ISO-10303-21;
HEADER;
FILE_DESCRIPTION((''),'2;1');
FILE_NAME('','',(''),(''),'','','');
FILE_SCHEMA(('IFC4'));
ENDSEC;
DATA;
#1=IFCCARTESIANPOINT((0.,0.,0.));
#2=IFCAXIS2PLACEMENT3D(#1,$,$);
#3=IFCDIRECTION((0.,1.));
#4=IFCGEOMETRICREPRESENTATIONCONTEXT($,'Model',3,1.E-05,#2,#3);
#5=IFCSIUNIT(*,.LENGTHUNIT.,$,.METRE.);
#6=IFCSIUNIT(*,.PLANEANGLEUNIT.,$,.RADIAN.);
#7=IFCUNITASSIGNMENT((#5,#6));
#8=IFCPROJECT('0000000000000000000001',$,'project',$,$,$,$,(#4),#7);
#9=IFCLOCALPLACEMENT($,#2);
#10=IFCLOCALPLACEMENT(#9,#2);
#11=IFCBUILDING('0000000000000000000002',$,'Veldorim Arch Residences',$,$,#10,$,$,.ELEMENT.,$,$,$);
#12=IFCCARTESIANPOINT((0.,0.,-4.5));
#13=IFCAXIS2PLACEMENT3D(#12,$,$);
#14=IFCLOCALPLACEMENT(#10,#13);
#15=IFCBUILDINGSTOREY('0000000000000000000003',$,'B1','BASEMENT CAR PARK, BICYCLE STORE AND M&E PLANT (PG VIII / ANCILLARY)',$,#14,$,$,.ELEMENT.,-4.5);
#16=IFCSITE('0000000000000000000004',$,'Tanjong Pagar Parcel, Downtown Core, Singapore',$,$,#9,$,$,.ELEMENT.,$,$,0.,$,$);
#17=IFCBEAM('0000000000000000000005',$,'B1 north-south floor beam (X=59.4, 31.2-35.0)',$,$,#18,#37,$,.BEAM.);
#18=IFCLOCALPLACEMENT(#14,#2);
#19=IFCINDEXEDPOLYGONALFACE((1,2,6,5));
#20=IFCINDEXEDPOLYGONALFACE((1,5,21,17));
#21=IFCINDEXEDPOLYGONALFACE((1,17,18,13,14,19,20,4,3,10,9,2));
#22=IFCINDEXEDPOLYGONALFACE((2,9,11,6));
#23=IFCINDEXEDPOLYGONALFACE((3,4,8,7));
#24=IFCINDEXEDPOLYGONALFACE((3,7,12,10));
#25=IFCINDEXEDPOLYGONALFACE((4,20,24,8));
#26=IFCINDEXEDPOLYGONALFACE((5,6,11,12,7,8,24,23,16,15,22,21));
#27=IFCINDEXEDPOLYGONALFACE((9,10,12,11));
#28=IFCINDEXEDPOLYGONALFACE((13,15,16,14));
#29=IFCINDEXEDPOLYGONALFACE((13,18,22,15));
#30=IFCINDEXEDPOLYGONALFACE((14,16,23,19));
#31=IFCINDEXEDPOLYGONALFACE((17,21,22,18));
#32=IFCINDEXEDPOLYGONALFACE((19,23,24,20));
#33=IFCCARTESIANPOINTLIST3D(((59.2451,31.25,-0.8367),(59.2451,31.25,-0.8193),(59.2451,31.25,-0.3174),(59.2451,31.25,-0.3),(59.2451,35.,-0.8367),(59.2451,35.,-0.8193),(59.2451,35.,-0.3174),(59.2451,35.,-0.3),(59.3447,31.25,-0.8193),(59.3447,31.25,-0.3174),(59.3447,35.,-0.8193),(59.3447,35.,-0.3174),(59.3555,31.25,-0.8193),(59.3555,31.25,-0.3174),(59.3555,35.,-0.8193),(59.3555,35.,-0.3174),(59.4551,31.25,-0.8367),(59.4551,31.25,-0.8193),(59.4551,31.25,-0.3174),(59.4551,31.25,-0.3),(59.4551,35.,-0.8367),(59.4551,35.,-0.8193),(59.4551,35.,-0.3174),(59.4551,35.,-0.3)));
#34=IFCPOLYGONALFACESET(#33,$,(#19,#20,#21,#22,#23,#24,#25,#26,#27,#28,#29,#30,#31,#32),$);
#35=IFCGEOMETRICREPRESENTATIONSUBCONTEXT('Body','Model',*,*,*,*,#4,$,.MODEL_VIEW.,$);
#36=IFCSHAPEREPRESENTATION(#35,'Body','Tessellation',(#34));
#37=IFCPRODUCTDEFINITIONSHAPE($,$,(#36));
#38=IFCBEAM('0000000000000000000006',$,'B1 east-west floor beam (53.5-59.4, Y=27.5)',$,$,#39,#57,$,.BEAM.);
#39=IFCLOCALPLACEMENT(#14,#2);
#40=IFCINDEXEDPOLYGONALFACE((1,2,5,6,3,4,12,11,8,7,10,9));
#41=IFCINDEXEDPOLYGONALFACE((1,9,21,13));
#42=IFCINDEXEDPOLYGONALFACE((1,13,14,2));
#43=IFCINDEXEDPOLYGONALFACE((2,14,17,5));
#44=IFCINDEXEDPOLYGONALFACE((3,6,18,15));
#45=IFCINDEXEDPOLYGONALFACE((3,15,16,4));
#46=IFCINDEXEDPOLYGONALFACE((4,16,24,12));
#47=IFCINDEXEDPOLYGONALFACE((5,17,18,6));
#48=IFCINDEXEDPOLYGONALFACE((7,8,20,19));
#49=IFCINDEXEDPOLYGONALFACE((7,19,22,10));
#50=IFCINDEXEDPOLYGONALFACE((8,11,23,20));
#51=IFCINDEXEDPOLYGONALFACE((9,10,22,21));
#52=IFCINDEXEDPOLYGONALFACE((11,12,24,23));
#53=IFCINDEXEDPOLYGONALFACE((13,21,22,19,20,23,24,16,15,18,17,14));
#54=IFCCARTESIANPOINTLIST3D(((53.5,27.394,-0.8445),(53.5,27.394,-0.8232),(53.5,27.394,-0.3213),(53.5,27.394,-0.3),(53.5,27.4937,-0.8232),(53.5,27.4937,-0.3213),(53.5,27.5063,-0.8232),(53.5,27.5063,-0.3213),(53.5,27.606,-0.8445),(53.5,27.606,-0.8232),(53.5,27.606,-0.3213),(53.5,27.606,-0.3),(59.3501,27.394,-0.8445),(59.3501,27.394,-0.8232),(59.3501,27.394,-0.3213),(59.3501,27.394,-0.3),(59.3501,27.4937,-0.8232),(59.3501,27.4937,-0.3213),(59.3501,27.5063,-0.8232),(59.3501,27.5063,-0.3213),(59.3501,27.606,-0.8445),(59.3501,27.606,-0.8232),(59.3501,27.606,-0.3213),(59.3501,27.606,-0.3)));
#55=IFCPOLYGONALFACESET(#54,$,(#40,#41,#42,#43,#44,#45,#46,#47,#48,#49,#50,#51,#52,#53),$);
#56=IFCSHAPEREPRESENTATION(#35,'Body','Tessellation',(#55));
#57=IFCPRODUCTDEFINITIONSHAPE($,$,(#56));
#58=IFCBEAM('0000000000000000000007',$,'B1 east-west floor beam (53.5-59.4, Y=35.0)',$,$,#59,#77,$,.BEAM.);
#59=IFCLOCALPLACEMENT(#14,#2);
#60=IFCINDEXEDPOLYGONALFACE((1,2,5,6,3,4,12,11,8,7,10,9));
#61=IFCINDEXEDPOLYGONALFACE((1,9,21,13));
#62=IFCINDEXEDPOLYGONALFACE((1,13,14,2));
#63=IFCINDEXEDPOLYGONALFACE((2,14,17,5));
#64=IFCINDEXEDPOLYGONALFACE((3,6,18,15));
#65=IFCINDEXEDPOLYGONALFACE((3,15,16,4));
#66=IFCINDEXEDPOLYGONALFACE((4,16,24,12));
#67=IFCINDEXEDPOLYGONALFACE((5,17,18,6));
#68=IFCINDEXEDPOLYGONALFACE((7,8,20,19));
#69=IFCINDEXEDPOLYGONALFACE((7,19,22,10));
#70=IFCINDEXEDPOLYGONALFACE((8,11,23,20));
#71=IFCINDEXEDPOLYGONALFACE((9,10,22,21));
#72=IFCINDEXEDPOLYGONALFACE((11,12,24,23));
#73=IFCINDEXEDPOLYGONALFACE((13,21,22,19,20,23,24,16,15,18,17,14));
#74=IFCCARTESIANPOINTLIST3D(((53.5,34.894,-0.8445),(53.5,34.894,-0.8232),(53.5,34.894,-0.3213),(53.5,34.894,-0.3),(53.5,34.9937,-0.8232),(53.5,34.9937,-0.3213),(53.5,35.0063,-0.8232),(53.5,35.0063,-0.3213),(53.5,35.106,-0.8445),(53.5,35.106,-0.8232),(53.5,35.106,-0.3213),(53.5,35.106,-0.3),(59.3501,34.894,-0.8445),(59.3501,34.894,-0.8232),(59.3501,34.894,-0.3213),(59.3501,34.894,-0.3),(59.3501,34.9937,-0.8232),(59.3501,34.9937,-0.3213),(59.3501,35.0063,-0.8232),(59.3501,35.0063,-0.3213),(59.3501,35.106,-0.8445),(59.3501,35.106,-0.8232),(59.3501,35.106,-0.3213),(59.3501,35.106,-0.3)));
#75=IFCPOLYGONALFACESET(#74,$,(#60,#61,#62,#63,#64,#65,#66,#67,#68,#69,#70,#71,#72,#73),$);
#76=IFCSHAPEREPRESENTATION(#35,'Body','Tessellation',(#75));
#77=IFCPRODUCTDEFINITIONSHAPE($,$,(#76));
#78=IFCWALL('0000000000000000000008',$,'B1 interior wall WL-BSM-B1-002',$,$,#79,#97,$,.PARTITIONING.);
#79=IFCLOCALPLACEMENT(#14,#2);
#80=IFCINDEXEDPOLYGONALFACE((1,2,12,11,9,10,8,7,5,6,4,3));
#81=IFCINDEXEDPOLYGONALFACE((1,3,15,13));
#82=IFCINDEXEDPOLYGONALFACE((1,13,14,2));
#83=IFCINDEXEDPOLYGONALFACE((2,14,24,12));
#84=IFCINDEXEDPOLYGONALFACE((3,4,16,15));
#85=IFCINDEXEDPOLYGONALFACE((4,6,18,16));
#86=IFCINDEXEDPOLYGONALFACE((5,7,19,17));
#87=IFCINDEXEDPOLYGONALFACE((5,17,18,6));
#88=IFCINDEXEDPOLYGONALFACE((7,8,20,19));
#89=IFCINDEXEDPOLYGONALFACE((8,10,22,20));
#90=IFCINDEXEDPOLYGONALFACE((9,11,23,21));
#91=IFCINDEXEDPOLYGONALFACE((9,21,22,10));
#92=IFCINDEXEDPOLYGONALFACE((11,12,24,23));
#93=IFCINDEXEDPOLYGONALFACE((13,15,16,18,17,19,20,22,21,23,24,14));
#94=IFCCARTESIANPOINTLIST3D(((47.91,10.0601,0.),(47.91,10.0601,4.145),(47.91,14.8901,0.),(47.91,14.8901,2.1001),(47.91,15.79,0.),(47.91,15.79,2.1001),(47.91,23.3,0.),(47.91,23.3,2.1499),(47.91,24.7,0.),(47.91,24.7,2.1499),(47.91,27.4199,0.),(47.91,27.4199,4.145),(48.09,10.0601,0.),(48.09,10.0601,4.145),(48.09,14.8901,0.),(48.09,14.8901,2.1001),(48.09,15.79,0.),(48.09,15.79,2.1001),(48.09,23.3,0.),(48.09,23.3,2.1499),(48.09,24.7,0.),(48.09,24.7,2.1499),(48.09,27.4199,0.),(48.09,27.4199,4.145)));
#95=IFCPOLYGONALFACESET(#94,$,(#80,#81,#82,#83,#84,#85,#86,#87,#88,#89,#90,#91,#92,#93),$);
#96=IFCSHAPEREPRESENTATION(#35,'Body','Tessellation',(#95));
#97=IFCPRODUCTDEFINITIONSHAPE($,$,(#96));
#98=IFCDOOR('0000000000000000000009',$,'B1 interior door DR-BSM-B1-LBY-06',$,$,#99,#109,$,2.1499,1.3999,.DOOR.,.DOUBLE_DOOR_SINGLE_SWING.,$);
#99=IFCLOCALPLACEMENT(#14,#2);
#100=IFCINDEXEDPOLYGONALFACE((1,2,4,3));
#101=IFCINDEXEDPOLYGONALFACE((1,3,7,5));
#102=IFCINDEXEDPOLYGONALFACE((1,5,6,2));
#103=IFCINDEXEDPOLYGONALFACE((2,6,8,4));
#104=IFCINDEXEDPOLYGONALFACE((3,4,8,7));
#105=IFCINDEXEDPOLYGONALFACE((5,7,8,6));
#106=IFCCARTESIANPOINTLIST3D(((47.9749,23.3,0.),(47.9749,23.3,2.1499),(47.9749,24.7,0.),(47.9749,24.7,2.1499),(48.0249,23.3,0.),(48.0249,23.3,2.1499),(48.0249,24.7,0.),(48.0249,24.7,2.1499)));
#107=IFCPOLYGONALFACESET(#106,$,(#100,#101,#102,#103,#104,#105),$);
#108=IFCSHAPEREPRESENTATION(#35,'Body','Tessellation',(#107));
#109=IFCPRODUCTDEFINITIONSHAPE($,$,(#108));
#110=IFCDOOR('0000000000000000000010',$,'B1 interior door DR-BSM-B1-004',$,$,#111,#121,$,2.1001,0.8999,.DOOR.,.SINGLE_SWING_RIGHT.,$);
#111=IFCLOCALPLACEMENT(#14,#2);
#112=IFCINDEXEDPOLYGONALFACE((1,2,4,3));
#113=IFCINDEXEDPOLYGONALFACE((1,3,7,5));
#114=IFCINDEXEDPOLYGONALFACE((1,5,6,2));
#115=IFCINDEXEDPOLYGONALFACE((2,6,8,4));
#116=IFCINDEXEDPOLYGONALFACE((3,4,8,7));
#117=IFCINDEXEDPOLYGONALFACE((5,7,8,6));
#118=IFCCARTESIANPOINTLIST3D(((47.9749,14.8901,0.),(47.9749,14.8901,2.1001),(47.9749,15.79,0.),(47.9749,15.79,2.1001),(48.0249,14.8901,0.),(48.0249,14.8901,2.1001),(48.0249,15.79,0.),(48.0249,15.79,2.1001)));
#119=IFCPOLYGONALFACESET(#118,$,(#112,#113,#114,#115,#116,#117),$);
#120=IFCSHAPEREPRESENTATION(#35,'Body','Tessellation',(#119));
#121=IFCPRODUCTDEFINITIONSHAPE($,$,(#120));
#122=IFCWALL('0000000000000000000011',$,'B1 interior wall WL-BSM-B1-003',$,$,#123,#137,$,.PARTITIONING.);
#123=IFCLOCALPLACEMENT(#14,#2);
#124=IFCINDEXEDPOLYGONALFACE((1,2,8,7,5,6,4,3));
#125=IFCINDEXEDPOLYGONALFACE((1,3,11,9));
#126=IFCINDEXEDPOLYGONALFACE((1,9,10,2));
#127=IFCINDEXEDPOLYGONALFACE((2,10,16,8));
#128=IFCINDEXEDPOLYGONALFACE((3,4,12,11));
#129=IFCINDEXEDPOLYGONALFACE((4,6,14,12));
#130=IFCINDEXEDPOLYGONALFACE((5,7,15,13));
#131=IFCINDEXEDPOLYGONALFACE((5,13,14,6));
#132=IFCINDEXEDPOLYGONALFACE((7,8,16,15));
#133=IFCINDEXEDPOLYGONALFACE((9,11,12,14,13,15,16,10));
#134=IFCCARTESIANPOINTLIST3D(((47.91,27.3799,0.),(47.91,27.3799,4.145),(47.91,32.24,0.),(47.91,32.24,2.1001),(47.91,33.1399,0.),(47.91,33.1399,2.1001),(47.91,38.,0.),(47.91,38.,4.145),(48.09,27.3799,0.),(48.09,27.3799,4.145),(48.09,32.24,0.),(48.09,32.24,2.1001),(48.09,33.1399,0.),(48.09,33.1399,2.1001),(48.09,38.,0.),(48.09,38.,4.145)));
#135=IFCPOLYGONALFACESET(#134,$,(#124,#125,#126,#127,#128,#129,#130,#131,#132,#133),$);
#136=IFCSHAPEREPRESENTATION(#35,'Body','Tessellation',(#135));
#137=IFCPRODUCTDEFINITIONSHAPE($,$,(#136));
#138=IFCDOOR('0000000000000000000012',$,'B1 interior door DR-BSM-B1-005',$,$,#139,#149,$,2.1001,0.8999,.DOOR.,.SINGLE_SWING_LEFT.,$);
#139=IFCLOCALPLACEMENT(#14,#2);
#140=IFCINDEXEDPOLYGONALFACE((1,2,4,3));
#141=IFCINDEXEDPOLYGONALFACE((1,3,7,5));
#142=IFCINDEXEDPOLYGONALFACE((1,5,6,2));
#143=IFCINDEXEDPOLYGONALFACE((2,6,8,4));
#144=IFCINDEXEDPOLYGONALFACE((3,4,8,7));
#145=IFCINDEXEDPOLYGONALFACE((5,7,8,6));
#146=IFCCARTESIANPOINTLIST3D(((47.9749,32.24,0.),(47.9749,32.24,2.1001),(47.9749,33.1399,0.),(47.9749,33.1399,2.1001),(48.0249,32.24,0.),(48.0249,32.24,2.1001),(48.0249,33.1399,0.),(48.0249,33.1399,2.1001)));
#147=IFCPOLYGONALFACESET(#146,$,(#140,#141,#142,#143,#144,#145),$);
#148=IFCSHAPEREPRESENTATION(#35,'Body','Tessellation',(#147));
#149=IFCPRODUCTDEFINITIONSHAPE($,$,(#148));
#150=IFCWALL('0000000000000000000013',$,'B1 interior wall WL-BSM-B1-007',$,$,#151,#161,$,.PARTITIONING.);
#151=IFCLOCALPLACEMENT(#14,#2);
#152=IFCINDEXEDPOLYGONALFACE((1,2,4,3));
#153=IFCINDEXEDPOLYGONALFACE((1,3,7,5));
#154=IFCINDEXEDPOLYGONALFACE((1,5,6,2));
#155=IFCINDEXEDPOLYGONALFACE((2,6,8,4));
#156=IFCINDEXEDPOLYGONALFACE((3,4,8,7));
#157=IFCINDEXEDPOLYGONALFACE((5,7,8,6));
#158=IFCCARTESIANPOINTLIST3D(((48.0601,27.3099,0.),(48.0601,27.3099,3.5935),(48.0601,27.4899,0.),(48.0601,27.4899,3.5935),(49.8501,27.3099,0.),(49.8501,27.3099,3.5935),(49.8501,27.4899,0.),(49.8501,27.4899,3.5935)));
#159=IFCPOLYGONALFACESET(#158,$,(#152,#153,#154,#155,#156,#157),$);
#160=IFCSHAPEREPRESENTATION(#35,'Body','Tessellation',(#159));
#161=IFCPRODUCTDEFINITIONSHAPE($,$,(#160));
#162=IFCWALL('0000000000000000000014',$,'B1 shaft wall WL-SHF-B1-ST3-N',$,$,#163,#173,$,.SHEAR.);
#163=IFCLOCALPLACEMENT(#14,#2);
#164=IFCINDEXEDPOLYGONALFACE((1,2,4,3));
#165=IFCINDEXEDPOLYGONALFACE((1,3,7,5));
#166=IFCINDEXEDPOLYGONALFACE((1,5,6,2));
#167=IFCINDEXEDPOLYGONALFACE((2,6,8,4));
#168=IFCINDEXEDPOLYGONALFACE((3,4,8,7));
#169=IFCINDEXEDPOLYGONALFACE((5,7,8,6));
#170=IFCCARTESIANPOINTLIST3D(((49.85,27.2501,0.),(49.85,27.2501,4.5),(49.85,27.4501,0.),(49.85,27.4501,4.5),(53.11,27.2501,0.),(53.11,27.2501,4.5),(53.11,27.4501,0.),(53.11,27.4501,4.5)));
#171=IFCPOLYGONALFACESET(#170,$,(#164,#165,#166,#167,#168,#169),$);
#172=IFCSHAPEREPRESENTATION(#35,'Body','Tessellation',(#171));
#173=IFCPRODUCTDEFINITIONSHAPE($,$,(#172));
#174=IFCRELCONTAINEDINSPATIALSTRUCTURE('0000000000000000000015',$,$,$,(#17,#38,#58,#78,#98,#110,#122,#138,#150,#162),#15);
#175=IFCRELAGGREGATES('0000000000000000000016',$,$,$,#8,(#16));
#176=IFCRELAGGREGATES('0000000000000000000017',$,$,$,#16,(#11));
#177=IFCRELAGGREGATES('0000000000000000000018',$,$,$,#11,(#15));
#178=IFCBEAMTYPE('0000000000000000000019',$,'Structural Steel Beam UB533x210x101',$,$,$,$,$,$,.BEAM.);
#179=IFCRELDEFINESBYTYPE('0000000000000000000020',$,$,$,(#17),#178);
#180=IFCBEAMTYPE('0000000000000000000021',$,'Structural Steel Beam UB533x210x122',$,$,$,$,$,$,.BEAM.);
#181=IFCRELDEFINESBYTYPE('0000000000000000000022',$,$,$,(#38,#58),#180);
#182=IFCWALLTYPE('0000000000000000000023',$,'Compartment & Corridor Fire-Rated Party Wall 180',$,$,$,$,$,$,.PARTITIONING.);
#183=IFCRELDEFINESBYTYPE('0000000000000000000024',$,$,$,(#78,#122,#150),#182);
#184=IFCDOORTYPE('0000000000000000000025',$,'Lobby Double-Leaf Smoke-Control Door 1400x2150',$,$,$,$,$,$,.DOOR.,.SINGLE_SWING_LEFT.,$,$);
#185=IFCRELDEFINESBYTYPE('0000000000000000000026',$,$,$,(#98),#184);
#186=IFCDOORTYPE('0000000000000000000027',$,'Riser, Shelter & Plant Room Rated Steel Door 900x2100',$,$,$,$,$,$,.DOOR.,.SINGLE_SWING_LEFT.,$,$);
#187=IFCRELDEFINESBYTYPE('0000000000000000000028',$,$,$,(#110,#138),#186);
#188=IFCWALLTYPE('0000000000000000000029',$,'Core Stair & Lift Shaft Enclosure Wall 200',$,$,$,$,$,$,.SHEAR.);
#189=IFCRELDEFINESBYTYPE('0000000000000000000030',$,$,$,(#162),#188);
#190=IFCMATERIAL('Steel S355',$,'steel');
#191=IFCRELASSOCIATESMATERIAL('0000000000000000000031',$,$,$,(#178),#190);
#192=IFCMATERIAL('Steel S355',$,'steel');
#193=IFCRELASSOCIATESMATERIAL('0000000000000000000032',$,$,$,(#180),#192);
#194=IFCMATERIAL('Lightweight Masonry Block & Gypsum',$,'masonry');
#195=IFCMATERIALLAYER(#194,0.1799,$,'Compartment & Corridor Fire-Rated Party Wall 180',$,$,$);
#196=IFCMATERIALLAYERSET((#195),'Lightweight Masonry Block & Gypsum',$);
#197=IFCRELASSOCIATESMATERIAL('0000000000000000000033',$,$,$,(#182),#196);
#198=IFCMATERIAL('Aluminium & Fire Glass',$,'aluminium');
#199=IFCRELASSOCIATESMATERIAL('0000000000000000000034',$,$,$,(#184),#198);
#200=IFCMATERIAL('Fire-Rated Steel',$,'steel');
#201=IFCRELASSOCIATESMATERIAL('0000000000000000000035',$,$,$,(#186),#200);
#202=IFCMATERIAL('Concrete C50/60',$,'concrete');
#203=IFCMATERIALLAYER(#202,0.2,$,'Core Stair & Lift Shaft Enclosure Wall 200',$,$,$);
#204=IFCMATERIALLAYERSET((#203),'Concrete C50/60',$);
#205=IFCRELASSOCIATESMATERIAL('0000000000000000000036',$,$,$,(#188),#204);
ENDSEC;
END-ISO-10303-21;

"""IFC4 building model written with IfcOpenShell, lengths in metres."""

from ifc_helpers import new_model, si_unit, direction, frame, frame_2d, origin, origin_2d, place, context, subcontext, project, spatial, rectangle, i_section, extrude, material, layer, layer_set, material_profile, profile_set, type_object, element, fill, save


model = new_model("IFC4")

# Units and contexts
model_context = context("Model", 3, precision=1e-05, world=origin(), true_north=direction((0.0, 1.0)))
body_context = subcontext(model_context, "Body", "Model", "MODEL_VIEW")
ifc_project = project(units=[si_unit("LENGTHUNIT", "METRE"), si_unit("PLANEANGLEUNIT", "RADIAN")], contexts=[model_context])

# Site, building, storey
site_placement = place(None, origin())
site = spatial("IfcSite", under=ifc_project, at=site_placement, Name="Tanjong Pagar Parcel, Downtown Core, Singapore", CompositionType="ELEMENT", RefElevation=0.0)
building_placement = place(site_placement, origin())
building = spatial("IfcBuilding", under=site, at=building_placement, Name="Veldorim Arch Residences", CompositionType="ELEMENT")
storey_placement = place(building_placement, frame((0.0, 0.0, -4.5)))
storey = spatial("IfcBuildingStorey", under=building, at=storey_placement, Name="B1", Description="BASEMENT CAR PARK, BICYCLE STORE AND M&E PLANT (PG VIII / ANCILLARY)", CompositionType="ELEMENT", Elevation=-4.5)

# Beams
ifc_material_1 = material(Name="Steel S355", Category="steel")
ifc_material_profile_1 = material_profile(ifc_material_1, i_section(OverallWidth=0.21, OverallDepth=0.5366, WebThickness=0.0107, FlangeThickness=0.0173, at=origin_2d()), Name="UB533x210x101")
ifc_profile_set_1 = profile_set([ifc_material_profile_1], Name="Steel S355")
beam_type_1 = type_object("IfcBeamType", Name="Structural Steel Beam UB533x210x101", PredefinedType="BEAM", material=ifc_profile_set_1)
for number, where, z_axis, x_axis, name in (
    (1, (59.3501, 31.25, -0.5684), (0.0, 1.0, 0.0), (-1.0, 0.0, 0.0), "B1 north-south floor beam (X=59.4, 31.2-35.0)"),
):
    element("IfcBeam", number, at=place(storey_placement, frame(where, z_axis=z_axis, x_axis=x_axis)), inside=storey, type_object=beam_type_1, Name=name, PredefinedType="BEAM", context=body_context, shape_type="SweptSolid", body=[
        extrude(i_section(OverallWidth=0.21, OverallDepth=0.5366, WebThickness=0.0107, FlangeThickness=0.0173, at=origin_2d()), origin(), (0.0, 0.0, 1.0), 3.75),
    ])
ifc_material_2 = material(Name="Steel S355", Category="steel")
ifc_material_profile_2 = material_profile(ifc_material_2, i_section(OverallWidth=0.2119, OverallDepth=0.5444, WebThickness=0.0127, FlangeThickness=0.0212, at=origin_2d()), Name="UB533x210x122")
ifc_profile_set_2 = profile_set([ifc_material_profile_2], Name="Steel S355")
beam_type_2 = type_object("IfcBeamType", Name="Structural Steel Beam UB533x210x122", PredefinedType="BEAM", material=ifc_profile_set_2)
for number, where, z_axis, x_axis, name in (
    (2, (53.5, 27.5, -0.5723), (1.0, 0.0, 0.0), (0.0, 1.0, 0.0), "B1 east-west floor beam (53.5-59.4, Y=27.5)"),
    (3, (53.5, 35.0, -0.5723), (1.0, 0.0, 0.0), (0.0, 1.0, 0.0), "B1 east-west floor beam (53.5-59.4, Y=35.0)"),
):
    element("IfcBeam", number, at=place(storey_placement, frame(where, z_axis=z_axis, x_axis=x_axis)), inside=storey, type_object=beam_type_2, Name=name, PredefinedType="BEAM", context=body_context, shape_type="SweptSolid", body=[
        extrude(i_section(OverallWidth=0.2119, OverallDepth=0.5444, WebThickness=0.0127, FlangeThickness=0.0212, at=origin_2d()), origin(), (0.0, 0.0, 1.0), 5.8501),
    ])

# Wall, openings, doors
ifc_material_3 = material(Name="Lightweight Masonry Block & Gypsum", Category="masonry")
ifc_layer_1 = layer(ifc_material_3, 0.1799, Name="Compartment & Corridor Fire-Rated Party Wall 180")
ifc_layer_set_1 = layer_set([ifc_layer_1], Name="Lightweight Masonry Block & Gypsum")
wall_type_1 = type_object("IfcWallType", Name="Compartment & Corridor Fire-Rated Party Wall 180", PredefinedType="PARTITIONING", material=ifc_layer_set_1)
wall_1_placement = place(storey_placement, frame((48.0, 27.4199, 0.0), z_axis=(0.0, 0.0, 1.0), x_axis=(0.0, -1.0, 0.0)))
wall_1 = element("IfcWall", 4, at=wall_1_placement, inside=storey, type_object=wall_type_1, Name="B1 interior wall WL-BSM-B1-002", PredefinedType="PARTITIONING", context=body_context, shape_type="SweptSolid", body=[
    extrude(rectangle(XDim=17.3599, YDim=0.1799, at=frame_2d((8.6799, 0.0))), origin(), (0.0, 0.0, 1.0), 4.145),
])
opening_1_placement = place(wall_1_placement, frame((11.6299, 0.0, 0.0)))
opening_1 = element("IfcOpeningElement", 5, at=opening_1_placement, cuts=wall_1, PredefinedType="OPENING", context=body_context, shape_type="SweptSolid", body=[
    extrude(rectangle(XDim=0.8999, YDim=2.1001, at=frame_2d((0.45, 1.05))), frame((0.0, 0.0999, 0.0), z_axis=(0.0, -1.0, 0.0), x_axis=(1.0, 0.0, 0.0)), (0.0, 0.0, 1.0), 0.2),
])
opening_2_placement = place(wall_1_placement, frame((2.72, 0.0, 0.0)))
opening_2 = element("IfcOpeningElement", 6, at=opening_2_placement, cuts=wall_1, PredefinedType="OPENING", context=body_context, shape_type="SweptSolid", body=[
    extrude(rectangle(XDim=1.3999, YDim=2.1499, at=frame_2d((0.7, 1.075))), frame((0.0, 0.0999, 0.0), z_axis=(0.0, -1.0, 0.0), x_axis=(1.0, 0.0, 0.0)), (0.0, 0.0, 1.0), 0.2),
])
ifc_material_4 = material(Name="Aluminium & Fire Glass", Category="aluminium")
door_type_1 = type_object("IfcDoorType", Name="Lobby Double-Leaf Smoke-Control Door 1400x2150", OperationType="SINGLE_SWING_LEFT", PredefinedType="DOOR", material=ifc_material_4)
door_1_placement = place(opening_2_placement, origin())
door_1 = element("IfcDoor", 7, at=door_1_placement, inside=storey, type_object=door_type_1, Name="B1 interior door DR-BSM-B1-LBY-06", OperationType="DOUBLE_DOOR_SINGLE_SWING", OverallHeight=2.1499, OverallWidth=1.3999, PredefinedType="DOOR", context=body_context, shape_type="SweptSolid", body=[
    extrude(rectangle(XDim=1.3999, YDim=2.1499, at=frame_2d((0.7, 1.075))), frame((0.0, 0.0249, 0.0), z_axis=(0.0, -1.0, 0.0), x_axis=(1.0, 0.0, 0.0)), (0.0, 0.0, 1.0), 0.05),
])
fill(opening_2, door_1)
ifc_material_5 = material(Name="Fire-Rated Steel", Category="steel")
door_type_2 = type_object("IfcDoorType", Name="Riser, Shelter & Plant Room Rated Steel Door 900x2100", OperationType="SINGLE_SWING_LEFT", PredefinedType="DOOR", material=ifc_material_5)
door_2_placement = place(opening_1_placement, origin())
door_2 = element("IfcDoor", 8, at=door_2_placement, inside=storey, type_object=door_type_2, Name="B1 interior door DR-BSM-B1-004", OperationType="SINGLE_SWING_RIGHT", OverallHeight=2.1001, OverallWidth=0.8999, PredefinedType="DOOR", context=body_context, shape_type="SweptSolid", body=[
    extrude(rectangle(XDim=0.8999, YDim=2.1001, at=frame_2d((0.45, 1.05))), frame((0.0, 0.0249, 0.0), z_axis=(0.0, -1.0, 0.0), x_axis=(1.0, 0.0, 0.0)), (0.0, 0.0, 1.0), 0.05),
])
fill(opening_1, door_2)

# Wall, opening, door
wall_2_placement = place(storey_placement, frame((48.0, 38.0, 0.0), z_axis=(0.0, 0.0, 1.0), x_axis=(0.0, -1.0, 0.0)))
wall_2 = element("IfcWall", 9, at=wall_2_placement, inside=storey, type_object=wall_type_1, Name="B1 interior wall WL-BSM-B1-003", PredefinedType="PARTITIONING", context=body_context, shape_type="SweptSolid", body=[
    extrude(rectangle(XDim=10.6201, YDim=0.1799, at=frame_2d((5.3101, 0.0))), origin(), (0.0, 0.0, 1.0), 4.145),
])
opening_3_placement = place(wall_2_placement, frame((4.8601, 0.0, 0.0)))
opening_3 = element("IfcOpeningElement", 10, at=opening_3_placement, cuts=wall_2, PredefinedType="OPENING", context=body_context, shape_type="SweptSolid", body=[
    extrude(rectangle(XDim=0.8999, YDim=2.1001, at=frame_2d((0.45, 1.05))), frame((0.0, 0.0999, 0.0), z_axis=(0.0, -1.0, 0.0), x_axis=(1.0, 0.0, 0.0)), (0.0, 0.0, 1.0), 0.2),
])
door_3_placement = place(opening_3_placement, origin())
door_3 = element("IfcDoor", 11, at=door_3_placement, inside=storey, type_object=door_type_2, Name="B1 interior door DR-BSM-B1-005", OperationType="SINGLE_SWING_LEFT", OverallHeight=2.1001, OverallWidth=0.8999, PredefinedType="DOOR", context=body_context, shape_type="SweptSolid", body=[
    extrude(rectangle(XDim=0.8999, YDim=2.1001, at=frame_2d((0.45, 1.05))), frame((0.0, 0.0249, 0.0), z_axis=(0.0, -1.0, 0.0), x_axis=(1.0, 0.0, 0.0)), (0.0, 0.0, 1.0), 0.05),
])
fill(opening_3, door_3)

# Walls
wall_3_placement = place(storey_placement, frame((49.8501, 27.3999, 0.0), z_axis=(0.0, 0.0, 1.0), x_axis=(-1.0, 0.0, 0.0)))
element("IfcWall", 12, at=wall_3_placement, inside=storey, type_object=wall_type_1, Name="B1 interior wall WL-BSM-B1-007", PredefinedType="PARTITIONING", context=body_context, shape_type="SweptSolid", body=[
    extrude(rectangle(XDim=1.79, YDim=0.1799, at=frame_2d((0.895, 0.0))), origin(), (0.0, 0.0, 1.0), 3.5935),
])
ifc_material_6 = material(Name="Concrete C50/60", Category="concrete")
ifc_layer_2 = layer(ifc_material_6, 0.2, Name="Core Stair & Lift Shaft Enclosure Wall 200")
ifc_layer_set_2 = layer_set([ifc_layer_2], Name="Concrete C50/60")
wall_type_2 = type_object("IfcWallType", Name="Core Stair & Lift Shaft Enclosure Wall 200", PredefinedType="SHEAR", material=ifc_layer_set_2)
wall_4_placement = place(storey_placement, frame((49.8501, 27.3501, 0.0), z_axis=(0.0, 0.0, 1.0), x_axis=(1.0, 0.0, 0.0)))
element("IfcWall", 13, at=wall_4_placement, inside=storey, type_object=wall_type_2, Name="B1 shaft wall WL-SHF-B1-ST3-N", PredefinedType="SHEAR", context=body_context, shape_type="SweptSolid", body=[
    extrude(rectangle(XDim=3.26, YDim=0.2, at=frame_2d((1.6299, 0.0))), origin(), (0.0, 0.0, 1.0), 4.5),
])

save(model, "model.ifc")
